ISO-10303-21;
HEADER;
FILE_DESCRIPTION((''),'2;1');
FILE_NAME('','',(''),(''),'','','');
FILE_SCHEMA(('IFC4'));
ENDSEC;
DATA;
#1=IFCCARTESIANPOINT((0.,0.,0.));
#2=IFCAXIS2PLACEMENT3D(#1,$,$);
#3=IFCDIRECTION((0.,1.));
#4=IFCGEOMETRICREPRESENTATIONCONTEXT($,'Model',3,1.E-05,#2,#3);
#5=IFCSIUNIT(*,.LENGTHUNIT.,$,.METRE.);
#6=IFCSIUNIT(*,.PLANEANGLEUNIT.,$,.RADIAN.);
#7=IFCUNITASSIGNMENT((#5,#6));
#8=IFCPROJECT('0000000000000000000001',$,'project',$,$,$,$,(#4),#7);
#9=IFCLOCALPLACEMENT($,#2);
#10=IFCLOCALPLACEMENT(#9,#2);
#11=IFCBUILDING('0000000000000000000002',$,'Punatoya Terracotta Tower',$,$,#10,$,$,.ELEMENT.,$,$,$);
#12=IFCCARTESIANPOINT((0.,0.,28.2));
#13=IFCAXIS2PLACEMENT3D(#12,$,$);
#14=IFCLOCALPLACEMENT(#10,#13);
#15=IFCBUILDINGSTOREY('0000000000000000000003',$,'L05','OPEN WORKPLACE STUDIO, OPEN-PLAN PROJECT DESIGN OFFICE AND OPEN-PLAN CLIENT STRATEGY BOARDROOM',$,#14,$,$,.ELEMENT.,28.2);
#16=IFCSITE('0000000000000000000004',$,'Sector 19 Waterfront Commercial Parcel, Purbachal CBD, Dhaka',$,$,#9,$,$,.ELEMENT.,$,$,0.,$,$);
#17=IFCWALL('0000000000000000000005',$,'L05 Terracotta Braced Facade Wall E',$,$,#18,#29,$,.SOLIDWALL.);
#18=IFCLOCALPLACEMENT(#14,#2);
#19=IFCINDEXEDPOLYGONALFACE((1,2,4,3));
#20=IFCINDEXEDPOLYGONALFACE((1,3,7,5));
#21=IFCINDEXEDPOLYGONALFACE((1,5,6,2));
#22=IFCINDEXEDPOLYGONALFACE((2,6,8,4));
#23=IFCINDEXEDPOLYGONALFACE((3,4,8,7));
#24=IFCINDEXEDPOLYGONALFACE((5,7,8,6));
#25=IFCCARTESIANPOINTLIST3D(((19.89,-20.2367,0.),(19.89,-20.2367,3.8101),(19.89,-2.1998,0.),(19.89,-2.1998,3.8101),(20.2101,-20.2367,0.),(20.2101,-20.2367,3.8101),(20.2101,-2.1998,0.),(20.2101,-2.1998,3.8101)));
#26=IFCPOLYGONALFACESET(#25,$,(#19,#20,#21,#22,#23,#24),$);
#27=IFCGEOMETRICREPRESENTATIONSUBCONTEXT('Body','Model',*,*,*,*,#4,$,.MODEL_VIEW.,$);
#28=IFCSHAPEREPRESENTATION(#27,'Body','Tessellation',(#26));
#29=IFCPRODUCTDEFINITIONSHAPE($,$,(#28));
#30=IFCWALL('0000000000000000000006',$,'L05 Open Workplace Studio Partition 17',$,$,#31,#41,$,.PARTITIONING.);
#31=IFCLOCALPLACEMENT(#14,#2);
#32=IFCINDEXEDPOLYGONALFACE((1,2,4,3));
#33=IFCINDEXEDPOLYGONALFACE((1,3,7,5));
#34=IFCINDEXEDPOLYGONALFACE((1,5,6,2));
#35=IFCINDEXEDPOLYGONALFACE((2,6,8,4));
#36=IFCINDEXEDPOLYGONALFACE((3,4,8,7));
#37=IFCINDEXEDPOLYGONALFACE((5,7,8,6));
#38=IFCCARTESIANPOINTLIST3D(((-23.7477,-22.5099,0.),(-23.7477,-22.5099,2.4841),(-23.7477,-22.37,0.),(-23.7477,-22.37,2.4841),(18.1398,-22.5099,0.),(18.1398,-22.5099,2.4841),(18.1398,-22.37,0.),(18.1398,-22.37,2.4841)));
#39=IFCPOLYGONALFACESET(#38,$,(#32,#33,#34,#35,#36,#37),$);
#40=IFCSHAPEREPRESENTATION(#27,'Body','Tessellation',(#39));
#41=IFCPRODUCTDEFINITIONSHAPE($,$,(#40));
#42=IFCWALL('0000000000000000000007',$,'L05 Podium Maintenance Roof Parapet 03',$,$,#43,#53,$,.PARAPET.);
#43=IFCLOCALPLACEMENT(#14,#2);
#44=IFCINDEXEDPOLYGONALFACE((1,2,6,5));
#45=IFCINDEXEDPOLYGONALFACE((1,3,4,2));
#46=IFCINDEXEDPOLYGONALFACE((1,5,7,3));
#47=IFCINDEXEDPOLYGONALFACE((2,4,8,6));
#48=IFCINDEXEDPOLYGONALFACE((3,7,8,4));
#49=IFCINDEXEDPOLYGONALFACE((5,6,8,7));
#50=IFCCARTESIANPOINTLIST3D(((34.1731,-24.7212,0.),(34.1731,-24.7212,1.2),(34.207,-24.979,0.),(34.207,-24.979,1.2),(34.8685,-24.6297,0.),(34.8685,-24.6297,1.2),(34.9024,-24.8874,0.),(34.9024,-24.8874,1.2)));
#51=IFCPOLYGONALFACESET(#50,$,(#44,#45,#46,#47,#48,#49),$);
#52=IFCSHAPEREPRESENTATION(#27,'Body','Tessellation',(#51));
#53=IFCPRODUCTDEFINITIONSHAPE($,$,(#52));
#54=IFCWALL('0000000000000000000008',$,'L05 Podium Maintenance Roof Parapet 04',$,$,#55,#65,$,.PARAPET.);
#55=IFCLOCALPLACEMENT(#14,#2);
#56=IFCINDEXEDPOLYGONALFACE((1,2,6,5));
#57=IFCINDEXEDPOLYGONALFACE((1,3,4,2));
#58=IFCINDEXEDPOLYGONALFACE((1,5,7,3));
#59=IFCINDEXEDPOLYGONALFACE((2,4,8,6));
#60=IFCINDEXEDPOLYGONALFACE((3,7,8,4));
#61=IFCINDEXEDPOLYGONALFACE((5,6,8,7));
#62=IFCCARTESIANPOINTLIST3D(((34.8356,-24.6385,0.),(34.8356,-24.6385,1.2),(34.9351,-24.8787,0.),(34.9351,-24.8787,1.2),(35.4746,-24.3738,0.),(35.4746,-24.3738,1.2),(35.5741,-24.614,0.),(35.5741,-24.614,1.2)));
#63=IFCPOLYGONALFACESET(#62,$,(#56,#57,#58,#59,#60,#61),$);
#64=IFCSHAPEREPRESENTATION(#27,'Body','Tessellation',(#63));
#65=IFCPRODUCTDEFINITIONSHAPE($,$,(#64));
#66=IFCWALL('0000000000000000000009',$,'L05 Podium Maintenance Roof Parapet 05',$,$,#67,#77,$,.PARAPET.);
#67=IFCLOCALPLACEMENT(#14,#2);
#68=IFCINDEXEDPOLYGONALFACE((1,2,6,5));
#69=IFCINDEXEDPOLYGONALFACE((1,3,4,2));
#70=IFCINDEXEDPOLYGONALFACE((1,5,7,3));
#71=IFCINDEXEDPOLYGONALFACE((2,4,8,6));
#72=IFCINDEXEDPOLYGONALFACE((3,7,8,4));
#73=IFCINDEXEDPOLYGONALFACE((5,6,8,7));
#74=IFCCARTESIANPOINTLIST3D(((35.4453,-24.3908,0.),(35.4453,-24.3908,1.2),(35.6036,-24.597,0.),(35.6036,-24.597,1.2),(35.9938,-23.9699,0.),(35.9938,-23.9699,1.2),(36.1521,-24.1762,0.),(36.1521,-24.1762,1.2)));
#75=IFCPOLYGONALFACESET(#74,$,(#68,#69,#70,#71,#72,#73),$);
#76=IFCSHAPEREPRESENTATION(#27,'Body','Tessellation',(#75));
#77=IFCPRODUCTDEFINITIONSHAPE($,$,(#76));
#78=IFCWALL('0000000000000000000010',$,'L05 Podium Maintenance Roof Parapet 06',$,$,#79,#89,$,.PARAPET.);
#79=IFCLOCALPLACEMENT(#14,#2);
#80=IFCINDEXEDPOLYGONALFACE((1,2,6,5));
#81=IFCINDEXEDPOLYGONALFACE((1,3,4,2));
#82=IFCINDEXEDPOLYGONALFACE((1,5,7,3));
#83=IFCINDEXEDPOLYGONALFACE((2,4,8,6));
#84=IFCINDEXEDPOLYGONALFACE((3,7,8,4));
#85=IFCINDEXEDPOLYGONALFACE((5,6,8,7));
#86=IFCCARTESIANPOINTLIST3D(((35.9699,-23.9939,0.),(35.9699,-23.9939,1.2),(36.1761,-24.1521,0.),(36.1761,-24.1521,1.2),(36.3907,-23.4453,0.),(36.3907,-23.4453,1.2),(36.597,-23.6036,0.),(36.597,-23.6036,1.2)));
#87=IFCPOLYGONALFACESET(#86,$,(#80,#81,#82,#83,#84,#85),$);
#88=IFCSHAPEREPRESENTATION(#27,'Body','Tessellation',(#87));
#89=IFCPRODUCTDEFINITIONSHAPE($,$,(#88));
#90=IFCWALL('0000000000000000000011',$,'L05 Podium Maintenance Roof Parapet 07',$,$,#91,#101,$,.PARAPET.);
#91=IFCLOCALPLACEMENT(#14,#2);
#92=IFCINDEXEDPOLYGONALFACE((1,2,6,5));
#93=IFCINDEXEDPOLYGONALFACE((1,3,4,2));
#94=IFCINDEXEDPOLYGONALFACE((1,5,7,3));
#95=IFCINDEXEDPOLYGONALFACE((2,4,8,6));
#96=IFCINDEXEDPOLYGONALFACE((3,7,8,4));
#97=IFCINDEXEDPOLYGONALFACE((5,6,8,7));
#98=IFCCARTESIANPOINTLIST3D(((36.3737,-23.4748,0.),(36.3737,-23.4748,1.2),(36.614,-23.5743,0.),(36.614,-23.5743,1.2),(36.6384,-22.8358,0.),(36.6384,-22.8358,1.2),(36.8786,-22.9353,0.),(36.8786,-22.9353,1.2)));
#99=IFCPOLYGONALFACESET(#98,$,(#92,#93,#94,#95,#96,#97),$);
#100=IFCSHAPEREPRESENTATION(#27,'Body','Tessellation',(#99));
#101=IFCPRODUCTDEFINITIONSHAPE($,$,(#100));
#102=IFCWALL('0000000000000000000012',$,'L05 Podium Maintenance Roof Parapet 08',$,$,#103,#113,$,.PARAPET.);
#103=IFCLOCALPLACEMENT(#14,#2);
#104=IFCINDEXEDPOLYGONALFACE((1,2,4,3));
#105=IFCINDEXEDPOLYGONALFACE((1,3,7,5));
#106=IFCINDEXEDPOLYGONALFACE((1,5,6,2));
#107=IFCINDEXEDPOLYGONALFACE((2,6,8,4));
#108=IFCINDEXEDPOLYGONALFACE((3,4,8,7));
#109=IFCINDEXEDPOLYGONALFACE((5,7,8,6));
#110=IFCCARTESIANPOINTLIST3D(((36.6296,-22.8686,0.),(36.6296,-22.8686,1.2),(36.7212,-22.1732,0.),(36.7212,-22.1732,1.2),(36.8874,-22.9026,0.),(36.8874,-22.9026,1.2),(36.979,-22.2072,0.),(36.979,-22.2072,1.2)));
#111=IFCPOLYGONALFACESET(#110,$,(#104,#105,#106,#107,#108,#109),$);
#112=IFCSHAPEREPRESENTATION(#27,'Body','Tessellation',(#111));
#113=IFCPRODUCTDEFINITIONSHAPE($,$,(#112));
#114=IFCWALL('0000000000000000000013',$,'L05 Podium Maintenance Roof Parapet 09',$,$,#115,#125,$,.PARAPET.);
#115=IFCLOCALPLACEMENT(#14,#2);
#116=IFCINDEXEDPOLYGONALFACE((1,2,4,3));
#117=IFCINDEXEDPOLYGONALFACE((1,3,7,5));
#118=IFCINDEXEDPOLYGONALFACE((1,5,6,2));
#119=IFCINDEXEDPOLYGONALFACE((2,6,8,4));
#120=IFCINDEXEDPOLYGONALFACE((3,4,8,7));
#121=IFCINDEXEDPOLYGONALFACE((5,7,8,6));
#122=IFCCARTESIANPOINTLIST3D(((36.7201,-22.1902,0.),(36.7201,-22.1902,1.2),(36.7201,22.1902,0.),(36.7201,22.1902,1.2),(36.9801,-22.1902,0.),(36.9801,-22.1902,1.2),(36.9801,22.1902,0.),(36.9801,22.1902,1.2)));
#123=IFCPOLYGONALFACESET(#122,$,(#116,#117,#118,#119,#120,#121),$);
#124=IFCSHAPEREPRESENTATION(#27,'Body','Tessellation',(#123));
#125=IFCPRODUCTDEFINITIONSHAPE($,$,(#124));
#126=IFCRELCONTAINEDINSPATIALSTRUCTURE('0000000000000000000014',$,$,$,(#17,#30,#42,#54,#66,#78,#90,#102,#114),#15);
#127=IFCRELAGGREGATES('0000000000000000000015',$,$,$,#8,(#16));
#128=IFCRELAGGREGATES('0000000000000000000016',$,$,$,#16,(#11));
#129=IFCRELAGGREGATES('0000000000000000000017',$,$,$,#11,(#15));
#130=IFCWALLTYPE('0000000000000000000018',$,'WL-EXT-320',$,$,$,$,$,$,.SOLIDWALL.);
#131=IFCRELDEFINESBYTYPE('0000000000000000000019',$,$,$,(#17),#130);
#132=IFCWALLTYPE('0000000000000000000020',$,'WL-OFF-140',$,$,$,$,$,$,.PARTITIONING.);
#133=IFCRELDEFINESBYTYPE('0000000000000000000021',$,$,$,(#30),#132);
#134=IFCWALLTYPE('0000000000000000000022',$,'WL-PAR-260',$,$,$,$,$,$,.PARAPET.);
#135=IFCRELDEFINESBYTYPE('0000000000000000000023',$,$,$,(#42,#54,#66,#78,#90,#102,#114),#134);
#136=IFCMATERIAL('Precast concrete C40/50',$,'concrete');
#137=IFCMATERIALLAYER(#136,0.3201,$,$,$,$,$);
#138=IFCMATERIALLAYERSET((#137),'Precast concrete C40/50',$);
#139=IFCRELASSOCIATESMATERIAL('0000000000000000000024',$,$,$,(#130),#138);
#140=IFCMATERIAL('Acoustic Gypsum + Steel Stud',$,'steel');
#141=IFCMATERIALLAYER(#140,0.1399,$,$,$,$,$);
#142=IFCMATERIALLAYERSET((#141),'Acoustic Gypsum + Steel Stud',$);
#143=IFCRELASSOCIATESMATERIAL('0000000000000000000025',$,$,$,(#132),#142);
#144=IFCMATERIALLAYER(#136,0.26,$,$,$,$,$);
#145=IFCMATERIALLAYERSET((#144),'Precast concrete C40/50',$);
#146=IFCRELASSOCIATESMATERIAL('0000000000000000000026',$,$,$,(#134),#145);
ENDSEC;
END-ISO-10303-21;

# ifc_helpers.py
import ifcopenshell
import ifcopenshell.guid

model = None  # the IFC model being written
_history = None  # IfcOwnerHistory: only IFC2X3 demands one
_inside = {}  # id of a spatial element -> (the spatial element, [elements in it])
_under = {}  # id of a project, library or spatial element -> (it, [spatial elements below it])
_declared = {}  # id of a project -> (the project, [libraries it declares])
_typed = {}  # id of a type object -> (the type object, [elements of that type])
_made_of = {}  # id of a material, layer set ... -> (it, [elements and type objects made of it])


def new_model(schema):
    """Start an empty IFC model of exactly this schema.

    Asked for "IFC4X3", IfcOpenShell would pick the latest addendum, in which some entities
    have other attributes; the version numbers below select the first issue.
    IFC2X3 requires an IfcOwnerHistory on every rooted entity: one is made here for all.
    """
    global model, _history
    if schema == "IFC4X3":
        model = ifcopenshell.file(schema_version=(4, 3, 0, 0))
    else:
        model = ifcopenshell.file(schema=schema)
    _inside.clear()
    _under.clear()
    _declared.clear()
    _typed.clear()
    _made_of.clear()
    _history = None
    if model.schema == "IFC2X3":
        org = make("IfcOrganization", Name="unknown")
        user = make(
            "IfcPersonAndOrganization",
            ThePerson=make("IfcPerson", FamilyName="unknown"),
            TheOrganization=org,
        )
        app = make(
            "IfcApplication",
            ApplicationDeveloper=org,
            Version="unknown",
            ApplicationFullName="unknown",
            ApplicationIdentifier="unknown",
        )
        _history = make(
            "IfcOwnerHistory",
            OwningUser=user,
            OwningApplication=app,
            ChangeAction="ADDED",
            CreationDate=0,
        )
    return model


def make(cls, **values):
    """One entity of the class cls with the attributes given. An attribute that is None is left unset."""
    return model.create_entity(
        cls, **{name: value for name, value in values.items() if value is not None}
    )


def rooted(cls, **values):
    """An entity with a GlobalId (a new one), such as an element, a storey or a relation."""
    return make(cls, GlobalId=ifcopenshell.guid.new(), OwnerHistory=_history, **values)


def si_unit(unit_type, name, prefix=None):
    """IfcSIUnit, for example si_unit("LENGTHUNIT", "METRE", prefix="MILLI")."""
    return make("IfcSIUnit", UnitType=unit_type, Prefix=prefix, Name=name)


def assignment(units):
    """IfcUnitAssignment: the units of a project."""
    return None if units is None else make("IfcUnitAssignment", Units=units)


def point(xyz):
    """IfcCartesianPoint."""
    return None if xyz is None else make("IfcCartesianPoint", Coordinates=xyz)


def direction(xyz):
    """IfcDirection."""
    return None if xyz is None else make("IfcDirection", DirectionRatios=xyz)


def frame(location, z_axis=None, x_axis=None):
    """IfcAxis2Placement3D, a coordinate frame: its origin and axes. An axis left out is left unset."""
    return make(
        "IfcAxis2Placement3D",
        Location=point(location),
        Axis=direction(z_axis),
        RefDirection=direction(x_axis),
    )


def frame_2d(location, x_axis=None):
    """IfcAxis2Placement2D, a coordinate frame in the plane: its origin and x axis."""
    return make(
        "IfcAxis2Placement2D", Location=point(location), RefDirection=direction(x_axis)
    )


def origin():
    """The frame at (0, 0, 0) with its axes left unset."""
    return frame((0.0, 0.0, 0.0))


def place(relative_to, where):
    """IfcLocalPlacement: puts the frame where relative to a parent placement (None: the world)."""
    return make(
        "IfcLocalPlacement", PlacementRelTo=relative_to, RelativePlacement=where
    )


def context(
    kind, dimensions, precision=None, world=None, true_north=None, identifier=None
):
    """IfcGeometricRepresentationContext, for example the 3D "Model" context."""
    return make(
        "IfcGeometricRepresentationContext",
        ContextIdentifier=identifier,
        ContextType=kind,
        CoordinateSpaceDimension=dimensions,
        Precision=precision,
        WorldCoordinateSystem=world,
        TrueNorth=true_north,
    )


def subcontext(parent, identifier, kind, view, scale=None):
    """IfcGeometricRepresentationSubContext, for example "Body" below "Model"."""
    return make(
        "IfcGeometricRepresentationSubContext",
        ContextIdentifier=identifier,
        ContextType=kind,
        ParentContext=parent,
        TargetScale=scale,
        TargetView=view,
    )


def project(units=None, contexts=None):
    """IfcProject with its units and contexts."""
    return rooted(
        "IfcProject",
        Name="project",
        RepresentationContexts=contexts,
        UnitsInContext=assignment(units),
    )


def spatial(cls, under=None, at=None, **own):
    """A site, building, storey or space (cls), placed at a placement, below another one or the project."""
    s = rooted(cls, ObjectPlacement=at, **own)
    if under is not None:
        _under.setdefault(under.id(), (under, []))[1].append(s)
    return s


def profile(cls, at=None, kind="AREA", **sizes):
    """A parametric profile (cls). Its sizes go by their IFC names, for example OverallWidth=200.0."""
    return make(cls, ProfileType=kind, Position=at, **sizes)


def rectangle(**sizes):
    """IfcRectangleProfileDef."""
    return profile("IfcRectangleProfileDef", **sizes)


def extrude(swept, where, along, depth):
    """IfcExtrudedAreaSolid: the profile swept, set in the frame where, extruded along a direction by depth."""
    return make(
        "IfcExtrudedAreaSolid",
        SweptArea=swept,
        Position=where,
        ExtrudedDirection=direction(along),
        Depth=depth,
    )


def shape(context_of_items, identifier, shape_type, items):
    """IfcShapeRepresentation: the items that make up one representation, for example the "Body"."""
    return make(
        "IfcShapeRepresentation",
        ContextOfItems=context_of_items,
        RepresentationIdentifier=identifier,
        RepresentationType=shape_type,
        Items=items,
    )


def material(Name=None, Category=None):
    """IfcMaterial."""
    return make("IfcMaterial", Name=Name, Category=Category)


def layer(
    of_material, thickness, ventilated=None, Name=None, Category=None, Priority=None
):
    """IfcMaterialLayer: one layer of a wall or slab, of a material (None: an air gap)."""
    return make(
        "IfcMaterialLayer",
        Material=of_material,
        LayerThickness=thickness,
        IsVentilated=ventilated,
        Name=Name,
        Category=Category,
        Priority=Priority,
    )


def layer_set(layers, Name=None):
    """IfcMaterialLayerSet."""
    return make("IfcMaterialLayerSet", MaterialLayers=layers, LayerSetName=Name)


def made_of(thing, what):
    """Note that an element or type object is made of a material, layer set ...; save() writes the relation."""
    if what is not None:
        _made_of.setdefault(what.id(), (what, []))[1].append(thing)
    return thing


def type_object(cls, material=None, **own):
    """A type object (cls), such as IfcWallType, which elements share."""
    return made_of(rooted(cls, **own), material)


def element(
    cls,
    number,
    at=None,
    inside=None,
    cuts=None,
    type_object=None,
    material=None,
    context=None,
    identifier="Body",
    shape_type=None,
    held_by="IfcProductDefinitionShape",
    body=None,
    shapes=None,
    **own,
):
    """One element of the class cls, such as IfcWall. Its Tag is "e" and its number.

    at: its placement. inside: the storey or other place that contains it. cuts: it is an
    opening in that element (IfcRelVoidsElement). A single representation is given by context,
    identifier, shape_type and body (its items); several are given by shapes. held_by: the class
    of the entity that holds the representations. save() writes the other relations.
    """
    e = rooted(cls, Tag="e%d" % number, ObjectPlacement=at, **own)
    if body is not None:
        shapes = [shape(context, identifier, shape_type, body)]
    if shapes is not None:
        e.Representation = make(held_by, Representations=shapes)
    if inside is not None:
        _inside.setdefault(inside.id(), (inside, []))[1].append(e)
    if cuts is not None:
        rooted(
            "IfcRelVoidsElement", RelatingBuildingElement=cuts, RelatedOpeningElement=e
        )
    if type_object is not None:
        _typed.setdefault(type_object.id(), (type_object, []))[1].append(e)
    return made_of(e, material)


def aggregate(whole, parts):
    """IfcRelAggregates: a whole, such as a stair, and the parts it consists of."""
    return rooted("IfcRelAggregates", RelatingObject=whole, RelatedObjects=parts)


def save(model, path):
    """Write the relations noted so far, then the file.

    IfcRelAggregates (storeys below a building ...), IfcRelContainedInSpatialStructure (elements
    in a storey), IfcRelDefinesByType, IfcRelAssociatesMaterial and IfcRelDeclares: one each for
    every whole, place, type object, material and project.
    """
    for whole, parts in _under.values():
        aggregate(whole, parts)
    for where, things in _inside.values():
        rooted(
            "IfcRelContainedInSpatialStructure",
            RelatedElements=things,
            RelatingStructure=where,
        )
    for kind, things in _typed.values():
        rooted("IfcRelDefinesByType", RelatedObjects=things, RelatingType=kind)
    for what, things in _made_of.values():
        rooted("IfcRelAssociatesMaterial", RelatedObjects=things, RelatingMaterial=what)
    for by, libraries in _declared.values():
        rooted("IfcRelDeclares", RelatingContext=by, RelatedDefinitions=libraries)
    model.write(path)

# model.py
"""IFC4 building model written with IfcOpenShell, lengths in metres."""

from ifc_helpers import new_model, si_unit, direction, frame, frame_2d, origin, place, context, subcontext, project, spatial, rectangle, extrude, material, layer, layer_set, type_object, element, save


model = new_model("IFC4")

# Units and contexts
model_context = context("Model", 3, precision=1e-05, world=origin(), true_north=direction((0.0, 1.0)))
body_context = subcontext(model_context, "Body", "Model", "MODEL_VIEW")
ifc_project = project(units=[si_unit("LENGTHUNIT", "METRE"), si_unit("PLANEANGLEUNIT", "RADIAN")], contexts=[model_context])

# Site, building, storey
site_placement = place(None, origin())
site = spatial("IfcSite", under=ifc_project, at=site_placement, Name="Sector 19 Waterfront Commercial Parcel, Purbachal CBD, Dhaka", CompositionType="ELEMENT", RefElevation=0.0)
building_placement = place(site_placement, origin())
building = spatial("IfcBuilding", under=site, at=building_placement, Name="Punatoya Terracotta Tower", CompositionType="ELEMENT")
storey_placement = place(building_placement, frame((0.0, 0.0, 28.2)))
storey = spatial("IfcBuildingStorey", under=building, at=storey_placement, Name="L05", Description="OPEN WORKPLACE STUDIO, OPEN-PLAN PROJECT DESIGN OFFICE AND OPEN-PLAN CLIENT STRATEGY BOARDROOM", CompositionType="ELEMENT", Elevation=28.2)

# Walls
ifc_material_1 = material(Name="Precast concrete C40/50", Category="concrete")
ifc_layer_1 = layer(ifc_material_1, 0.3201)
ifc_layer_set_1 = layer_set([ifc_layer_1], Name="Precast concrete C40/50")
wall_type_1 = type_object("IfcWallType", Name="WL-EXT-320", PredefinedType="SOLIDWALL", material=ifc_layer_set_1)
wall_1_placement = place(storey_placement, frame((20.05, -20.2368, 0.0), z_axis=(0.0, 0.0, 1.0), x_axis=(0.0, 1.0, 0.0)))
element("IfcWall", 1, at=wall_1_placement, inside=storey, type_object=wall_type_1, Name="L05 Terracotta Braced Facade Wall E", PredefinedType="SOLIDWALL", context=body_context, shape_type="SweptSolid", body=[
    extrude(rectangle(XDim=18.0369, YDim=0.3201, at=frame_2d((9.0186, 0.0))), origin(), (0.0, 0.0, 1.0), 3.8101),
])
ifc_material_2 = material(Name="Acoustic Gypsum + Steel Stud", Category="steel")
ifc_layer_2 = layer(ifc_material_2, 0.1399)
ifc_layer_set_2 = layer_set([ifc_layer_2], Name="Acoustic Gypsum + Steel Stud")
wall_type_2 = type_object("IfcWallType", Name="WL-OFF-140", PredefinedType="PARTITIONING", material=ifc_layer_set_2)
wall_2_placement = place(storey_placement, frame((18.1399, -22.4399, 0.0), z_axis=(0.0, 0.0, 1.0), x_axis=(-1.0, 0.0, 0.0)))
element("IfcWall", 2, at=wall_2_placement, inside=storey, type_object=wall_type_2, Name="L05 Open Workplace Studio Partition 17", PredefinedType="PARTITIONING", context=body_context, shape_type="SweptSolid", body=[
    extrude(rectangle(XDim=41.8875, YDim=0.1399, at=frame_2d((20.9438, 0.0))), origin(), (0.0, 0.0, 1.0), 2.4841),
])
ifc_layer_3 = layer(ifc_material_1, 0.26)
ifc_layer_set_3 = layer_set([ifc_layer_3], Name="Precast concrete C40/50")
wall_type_3 = type_object("IfcWallType", Name="WL-PAR-260", PredefinedType="PARAPET", material=ifc_layer_set_3)
wall_3_placement = place(storey_placement, frame((34.1902, -24.8501, 0.0), z_axis=(0.0, 0.0, 1.0), x_axis=(0.991442, 0.130545, 0.0)))
element("IfcWall", 3, at=wall_3_placement, inside=storey, type_object=wall_type_3, Name="L05 Podium Maintenance Roof Parapet 03", PredefinedType="PARAPET", context=body_context, shape_type="SweptSolid", body=[
    extrude(rectangle(XDim=0.7014, YDim=0.26, at=frame_2d((0.3506, 0.0))), origin(), (0.0, 0.0, 1.0), 1.2),
])
wall_4_placement = place(storey_placement, frame((34.8855, -24.7585, 0.0), z_axis=(0.0, 0.0, 1.0), x_axis=(0.923879, 0.382684, 0.0)))
element("IfcWall", 4, at=wall_4_placement, inside=storey, type_object=wall_type_3, Name="L05 Podium Maintenance Roof Parapet 04", PredefinedType="PARAPET", context=body_context, shape_type="SweptSolid", body=[
    extrude(rectangle(XDim=0.6917, YDim=0.26, at=frame_2d((0.3457, 0.0))), origin(), (0.0, 0.0, 1.0), 1.2),
])
for number, where, z_axis, x_axis, name in (
    (5, (35.5244, -24.4939, 0.0), (0.0, 0.0, 1.0), (0.793385, 0.608721, 0.0), "L05 Podium Maintenance Roof Parapet 05"),
    (6, (36.073, -24.073, 0.0), (0.0, 0.0, 1.0), (0.608721, 0.793385, 0.0), "L05 Podium Maintenance Roof Parapet 06"),
):
    element("IfcWall", number, at=place(storey_placement, frame(where, z_axis=z_axis, x_axis=x_axis)), inside=storey, type_object=wall_type_3, Name=name, PredefinedType="PARAPET", context=body_context, shape_type="SweptSolid", body=[
        extrude(rectangle(XDim=0.6914, YDim=0.26, at=frame_2d((0.3457, 0.0))), origin(), (0.0, 0.0, 1.0), 1.2),
    ])
wall_5_placement = place(storey_placement, frame((36.4939, -23.5244, 0.0), z_axis=(0.0, 0.0, 1.0), x_axis=(0.382684, 0.923879, 0.0)))
element("IfcWall", 7, at=wall_5_placement, inside=storey, type_object=wall_type_3, Name="L05 Podium Maintenance Roof Parapet 07", PredefinedType="PARAPET", context=body_context, shape_type="SweptSolid", body=[
    extrude(rectangle(XDim=0.6917, YDim=0.26, at=frame_2d((0.3457, 0.0))), origin(), (0.0, 0.0, 1.0), 1.2),
])
wall_6_placement = place(storey_placement, frame((36.7585, -22.8855, 0.0), z_axis=(0.0, 0.0, 1.0), x_axis=(0.130545, 0.991442, 0.0)))
element("IfcWall", 8, at=wall_6_placement, inside=storey, type_object=wall_type_3, Name="L05 Podium Maintenance Roof Parapet 08", PredefinedType="PARAPET", context=body_context, shape_type="SweptSolid", body=[
    extrude(rectangle(XDim=0.7014, YDim=0.26, at=frame_2d((0.3506, 0.0))), origin(), (0.0, 0.0, 1.0), 1.2),
])
wall_7_placement = place(storey_placement, frame((36.8501, -22.1902, 0.0), z_axis=(0.0, 0.0, 1.0), x_axis=(0.0, 1.0, 0.0)))
element("IfcWall", 9, at=wall_7_placement, inside=storey, type_object=wall_type_3, Name="L05 Podium Maintenance Roof Parapet 09", PredefinedType="PARAPET", context=body_context, shape_type="SweptSolid", body=[
    extrude(rectangle(XDim=44.3804, YDim=0.26, at=frame_2d((22.1902, 0.0))), origin(), (0.0, 0.0, 1.0), 1.2),
])

save(model, "model.ifc")
